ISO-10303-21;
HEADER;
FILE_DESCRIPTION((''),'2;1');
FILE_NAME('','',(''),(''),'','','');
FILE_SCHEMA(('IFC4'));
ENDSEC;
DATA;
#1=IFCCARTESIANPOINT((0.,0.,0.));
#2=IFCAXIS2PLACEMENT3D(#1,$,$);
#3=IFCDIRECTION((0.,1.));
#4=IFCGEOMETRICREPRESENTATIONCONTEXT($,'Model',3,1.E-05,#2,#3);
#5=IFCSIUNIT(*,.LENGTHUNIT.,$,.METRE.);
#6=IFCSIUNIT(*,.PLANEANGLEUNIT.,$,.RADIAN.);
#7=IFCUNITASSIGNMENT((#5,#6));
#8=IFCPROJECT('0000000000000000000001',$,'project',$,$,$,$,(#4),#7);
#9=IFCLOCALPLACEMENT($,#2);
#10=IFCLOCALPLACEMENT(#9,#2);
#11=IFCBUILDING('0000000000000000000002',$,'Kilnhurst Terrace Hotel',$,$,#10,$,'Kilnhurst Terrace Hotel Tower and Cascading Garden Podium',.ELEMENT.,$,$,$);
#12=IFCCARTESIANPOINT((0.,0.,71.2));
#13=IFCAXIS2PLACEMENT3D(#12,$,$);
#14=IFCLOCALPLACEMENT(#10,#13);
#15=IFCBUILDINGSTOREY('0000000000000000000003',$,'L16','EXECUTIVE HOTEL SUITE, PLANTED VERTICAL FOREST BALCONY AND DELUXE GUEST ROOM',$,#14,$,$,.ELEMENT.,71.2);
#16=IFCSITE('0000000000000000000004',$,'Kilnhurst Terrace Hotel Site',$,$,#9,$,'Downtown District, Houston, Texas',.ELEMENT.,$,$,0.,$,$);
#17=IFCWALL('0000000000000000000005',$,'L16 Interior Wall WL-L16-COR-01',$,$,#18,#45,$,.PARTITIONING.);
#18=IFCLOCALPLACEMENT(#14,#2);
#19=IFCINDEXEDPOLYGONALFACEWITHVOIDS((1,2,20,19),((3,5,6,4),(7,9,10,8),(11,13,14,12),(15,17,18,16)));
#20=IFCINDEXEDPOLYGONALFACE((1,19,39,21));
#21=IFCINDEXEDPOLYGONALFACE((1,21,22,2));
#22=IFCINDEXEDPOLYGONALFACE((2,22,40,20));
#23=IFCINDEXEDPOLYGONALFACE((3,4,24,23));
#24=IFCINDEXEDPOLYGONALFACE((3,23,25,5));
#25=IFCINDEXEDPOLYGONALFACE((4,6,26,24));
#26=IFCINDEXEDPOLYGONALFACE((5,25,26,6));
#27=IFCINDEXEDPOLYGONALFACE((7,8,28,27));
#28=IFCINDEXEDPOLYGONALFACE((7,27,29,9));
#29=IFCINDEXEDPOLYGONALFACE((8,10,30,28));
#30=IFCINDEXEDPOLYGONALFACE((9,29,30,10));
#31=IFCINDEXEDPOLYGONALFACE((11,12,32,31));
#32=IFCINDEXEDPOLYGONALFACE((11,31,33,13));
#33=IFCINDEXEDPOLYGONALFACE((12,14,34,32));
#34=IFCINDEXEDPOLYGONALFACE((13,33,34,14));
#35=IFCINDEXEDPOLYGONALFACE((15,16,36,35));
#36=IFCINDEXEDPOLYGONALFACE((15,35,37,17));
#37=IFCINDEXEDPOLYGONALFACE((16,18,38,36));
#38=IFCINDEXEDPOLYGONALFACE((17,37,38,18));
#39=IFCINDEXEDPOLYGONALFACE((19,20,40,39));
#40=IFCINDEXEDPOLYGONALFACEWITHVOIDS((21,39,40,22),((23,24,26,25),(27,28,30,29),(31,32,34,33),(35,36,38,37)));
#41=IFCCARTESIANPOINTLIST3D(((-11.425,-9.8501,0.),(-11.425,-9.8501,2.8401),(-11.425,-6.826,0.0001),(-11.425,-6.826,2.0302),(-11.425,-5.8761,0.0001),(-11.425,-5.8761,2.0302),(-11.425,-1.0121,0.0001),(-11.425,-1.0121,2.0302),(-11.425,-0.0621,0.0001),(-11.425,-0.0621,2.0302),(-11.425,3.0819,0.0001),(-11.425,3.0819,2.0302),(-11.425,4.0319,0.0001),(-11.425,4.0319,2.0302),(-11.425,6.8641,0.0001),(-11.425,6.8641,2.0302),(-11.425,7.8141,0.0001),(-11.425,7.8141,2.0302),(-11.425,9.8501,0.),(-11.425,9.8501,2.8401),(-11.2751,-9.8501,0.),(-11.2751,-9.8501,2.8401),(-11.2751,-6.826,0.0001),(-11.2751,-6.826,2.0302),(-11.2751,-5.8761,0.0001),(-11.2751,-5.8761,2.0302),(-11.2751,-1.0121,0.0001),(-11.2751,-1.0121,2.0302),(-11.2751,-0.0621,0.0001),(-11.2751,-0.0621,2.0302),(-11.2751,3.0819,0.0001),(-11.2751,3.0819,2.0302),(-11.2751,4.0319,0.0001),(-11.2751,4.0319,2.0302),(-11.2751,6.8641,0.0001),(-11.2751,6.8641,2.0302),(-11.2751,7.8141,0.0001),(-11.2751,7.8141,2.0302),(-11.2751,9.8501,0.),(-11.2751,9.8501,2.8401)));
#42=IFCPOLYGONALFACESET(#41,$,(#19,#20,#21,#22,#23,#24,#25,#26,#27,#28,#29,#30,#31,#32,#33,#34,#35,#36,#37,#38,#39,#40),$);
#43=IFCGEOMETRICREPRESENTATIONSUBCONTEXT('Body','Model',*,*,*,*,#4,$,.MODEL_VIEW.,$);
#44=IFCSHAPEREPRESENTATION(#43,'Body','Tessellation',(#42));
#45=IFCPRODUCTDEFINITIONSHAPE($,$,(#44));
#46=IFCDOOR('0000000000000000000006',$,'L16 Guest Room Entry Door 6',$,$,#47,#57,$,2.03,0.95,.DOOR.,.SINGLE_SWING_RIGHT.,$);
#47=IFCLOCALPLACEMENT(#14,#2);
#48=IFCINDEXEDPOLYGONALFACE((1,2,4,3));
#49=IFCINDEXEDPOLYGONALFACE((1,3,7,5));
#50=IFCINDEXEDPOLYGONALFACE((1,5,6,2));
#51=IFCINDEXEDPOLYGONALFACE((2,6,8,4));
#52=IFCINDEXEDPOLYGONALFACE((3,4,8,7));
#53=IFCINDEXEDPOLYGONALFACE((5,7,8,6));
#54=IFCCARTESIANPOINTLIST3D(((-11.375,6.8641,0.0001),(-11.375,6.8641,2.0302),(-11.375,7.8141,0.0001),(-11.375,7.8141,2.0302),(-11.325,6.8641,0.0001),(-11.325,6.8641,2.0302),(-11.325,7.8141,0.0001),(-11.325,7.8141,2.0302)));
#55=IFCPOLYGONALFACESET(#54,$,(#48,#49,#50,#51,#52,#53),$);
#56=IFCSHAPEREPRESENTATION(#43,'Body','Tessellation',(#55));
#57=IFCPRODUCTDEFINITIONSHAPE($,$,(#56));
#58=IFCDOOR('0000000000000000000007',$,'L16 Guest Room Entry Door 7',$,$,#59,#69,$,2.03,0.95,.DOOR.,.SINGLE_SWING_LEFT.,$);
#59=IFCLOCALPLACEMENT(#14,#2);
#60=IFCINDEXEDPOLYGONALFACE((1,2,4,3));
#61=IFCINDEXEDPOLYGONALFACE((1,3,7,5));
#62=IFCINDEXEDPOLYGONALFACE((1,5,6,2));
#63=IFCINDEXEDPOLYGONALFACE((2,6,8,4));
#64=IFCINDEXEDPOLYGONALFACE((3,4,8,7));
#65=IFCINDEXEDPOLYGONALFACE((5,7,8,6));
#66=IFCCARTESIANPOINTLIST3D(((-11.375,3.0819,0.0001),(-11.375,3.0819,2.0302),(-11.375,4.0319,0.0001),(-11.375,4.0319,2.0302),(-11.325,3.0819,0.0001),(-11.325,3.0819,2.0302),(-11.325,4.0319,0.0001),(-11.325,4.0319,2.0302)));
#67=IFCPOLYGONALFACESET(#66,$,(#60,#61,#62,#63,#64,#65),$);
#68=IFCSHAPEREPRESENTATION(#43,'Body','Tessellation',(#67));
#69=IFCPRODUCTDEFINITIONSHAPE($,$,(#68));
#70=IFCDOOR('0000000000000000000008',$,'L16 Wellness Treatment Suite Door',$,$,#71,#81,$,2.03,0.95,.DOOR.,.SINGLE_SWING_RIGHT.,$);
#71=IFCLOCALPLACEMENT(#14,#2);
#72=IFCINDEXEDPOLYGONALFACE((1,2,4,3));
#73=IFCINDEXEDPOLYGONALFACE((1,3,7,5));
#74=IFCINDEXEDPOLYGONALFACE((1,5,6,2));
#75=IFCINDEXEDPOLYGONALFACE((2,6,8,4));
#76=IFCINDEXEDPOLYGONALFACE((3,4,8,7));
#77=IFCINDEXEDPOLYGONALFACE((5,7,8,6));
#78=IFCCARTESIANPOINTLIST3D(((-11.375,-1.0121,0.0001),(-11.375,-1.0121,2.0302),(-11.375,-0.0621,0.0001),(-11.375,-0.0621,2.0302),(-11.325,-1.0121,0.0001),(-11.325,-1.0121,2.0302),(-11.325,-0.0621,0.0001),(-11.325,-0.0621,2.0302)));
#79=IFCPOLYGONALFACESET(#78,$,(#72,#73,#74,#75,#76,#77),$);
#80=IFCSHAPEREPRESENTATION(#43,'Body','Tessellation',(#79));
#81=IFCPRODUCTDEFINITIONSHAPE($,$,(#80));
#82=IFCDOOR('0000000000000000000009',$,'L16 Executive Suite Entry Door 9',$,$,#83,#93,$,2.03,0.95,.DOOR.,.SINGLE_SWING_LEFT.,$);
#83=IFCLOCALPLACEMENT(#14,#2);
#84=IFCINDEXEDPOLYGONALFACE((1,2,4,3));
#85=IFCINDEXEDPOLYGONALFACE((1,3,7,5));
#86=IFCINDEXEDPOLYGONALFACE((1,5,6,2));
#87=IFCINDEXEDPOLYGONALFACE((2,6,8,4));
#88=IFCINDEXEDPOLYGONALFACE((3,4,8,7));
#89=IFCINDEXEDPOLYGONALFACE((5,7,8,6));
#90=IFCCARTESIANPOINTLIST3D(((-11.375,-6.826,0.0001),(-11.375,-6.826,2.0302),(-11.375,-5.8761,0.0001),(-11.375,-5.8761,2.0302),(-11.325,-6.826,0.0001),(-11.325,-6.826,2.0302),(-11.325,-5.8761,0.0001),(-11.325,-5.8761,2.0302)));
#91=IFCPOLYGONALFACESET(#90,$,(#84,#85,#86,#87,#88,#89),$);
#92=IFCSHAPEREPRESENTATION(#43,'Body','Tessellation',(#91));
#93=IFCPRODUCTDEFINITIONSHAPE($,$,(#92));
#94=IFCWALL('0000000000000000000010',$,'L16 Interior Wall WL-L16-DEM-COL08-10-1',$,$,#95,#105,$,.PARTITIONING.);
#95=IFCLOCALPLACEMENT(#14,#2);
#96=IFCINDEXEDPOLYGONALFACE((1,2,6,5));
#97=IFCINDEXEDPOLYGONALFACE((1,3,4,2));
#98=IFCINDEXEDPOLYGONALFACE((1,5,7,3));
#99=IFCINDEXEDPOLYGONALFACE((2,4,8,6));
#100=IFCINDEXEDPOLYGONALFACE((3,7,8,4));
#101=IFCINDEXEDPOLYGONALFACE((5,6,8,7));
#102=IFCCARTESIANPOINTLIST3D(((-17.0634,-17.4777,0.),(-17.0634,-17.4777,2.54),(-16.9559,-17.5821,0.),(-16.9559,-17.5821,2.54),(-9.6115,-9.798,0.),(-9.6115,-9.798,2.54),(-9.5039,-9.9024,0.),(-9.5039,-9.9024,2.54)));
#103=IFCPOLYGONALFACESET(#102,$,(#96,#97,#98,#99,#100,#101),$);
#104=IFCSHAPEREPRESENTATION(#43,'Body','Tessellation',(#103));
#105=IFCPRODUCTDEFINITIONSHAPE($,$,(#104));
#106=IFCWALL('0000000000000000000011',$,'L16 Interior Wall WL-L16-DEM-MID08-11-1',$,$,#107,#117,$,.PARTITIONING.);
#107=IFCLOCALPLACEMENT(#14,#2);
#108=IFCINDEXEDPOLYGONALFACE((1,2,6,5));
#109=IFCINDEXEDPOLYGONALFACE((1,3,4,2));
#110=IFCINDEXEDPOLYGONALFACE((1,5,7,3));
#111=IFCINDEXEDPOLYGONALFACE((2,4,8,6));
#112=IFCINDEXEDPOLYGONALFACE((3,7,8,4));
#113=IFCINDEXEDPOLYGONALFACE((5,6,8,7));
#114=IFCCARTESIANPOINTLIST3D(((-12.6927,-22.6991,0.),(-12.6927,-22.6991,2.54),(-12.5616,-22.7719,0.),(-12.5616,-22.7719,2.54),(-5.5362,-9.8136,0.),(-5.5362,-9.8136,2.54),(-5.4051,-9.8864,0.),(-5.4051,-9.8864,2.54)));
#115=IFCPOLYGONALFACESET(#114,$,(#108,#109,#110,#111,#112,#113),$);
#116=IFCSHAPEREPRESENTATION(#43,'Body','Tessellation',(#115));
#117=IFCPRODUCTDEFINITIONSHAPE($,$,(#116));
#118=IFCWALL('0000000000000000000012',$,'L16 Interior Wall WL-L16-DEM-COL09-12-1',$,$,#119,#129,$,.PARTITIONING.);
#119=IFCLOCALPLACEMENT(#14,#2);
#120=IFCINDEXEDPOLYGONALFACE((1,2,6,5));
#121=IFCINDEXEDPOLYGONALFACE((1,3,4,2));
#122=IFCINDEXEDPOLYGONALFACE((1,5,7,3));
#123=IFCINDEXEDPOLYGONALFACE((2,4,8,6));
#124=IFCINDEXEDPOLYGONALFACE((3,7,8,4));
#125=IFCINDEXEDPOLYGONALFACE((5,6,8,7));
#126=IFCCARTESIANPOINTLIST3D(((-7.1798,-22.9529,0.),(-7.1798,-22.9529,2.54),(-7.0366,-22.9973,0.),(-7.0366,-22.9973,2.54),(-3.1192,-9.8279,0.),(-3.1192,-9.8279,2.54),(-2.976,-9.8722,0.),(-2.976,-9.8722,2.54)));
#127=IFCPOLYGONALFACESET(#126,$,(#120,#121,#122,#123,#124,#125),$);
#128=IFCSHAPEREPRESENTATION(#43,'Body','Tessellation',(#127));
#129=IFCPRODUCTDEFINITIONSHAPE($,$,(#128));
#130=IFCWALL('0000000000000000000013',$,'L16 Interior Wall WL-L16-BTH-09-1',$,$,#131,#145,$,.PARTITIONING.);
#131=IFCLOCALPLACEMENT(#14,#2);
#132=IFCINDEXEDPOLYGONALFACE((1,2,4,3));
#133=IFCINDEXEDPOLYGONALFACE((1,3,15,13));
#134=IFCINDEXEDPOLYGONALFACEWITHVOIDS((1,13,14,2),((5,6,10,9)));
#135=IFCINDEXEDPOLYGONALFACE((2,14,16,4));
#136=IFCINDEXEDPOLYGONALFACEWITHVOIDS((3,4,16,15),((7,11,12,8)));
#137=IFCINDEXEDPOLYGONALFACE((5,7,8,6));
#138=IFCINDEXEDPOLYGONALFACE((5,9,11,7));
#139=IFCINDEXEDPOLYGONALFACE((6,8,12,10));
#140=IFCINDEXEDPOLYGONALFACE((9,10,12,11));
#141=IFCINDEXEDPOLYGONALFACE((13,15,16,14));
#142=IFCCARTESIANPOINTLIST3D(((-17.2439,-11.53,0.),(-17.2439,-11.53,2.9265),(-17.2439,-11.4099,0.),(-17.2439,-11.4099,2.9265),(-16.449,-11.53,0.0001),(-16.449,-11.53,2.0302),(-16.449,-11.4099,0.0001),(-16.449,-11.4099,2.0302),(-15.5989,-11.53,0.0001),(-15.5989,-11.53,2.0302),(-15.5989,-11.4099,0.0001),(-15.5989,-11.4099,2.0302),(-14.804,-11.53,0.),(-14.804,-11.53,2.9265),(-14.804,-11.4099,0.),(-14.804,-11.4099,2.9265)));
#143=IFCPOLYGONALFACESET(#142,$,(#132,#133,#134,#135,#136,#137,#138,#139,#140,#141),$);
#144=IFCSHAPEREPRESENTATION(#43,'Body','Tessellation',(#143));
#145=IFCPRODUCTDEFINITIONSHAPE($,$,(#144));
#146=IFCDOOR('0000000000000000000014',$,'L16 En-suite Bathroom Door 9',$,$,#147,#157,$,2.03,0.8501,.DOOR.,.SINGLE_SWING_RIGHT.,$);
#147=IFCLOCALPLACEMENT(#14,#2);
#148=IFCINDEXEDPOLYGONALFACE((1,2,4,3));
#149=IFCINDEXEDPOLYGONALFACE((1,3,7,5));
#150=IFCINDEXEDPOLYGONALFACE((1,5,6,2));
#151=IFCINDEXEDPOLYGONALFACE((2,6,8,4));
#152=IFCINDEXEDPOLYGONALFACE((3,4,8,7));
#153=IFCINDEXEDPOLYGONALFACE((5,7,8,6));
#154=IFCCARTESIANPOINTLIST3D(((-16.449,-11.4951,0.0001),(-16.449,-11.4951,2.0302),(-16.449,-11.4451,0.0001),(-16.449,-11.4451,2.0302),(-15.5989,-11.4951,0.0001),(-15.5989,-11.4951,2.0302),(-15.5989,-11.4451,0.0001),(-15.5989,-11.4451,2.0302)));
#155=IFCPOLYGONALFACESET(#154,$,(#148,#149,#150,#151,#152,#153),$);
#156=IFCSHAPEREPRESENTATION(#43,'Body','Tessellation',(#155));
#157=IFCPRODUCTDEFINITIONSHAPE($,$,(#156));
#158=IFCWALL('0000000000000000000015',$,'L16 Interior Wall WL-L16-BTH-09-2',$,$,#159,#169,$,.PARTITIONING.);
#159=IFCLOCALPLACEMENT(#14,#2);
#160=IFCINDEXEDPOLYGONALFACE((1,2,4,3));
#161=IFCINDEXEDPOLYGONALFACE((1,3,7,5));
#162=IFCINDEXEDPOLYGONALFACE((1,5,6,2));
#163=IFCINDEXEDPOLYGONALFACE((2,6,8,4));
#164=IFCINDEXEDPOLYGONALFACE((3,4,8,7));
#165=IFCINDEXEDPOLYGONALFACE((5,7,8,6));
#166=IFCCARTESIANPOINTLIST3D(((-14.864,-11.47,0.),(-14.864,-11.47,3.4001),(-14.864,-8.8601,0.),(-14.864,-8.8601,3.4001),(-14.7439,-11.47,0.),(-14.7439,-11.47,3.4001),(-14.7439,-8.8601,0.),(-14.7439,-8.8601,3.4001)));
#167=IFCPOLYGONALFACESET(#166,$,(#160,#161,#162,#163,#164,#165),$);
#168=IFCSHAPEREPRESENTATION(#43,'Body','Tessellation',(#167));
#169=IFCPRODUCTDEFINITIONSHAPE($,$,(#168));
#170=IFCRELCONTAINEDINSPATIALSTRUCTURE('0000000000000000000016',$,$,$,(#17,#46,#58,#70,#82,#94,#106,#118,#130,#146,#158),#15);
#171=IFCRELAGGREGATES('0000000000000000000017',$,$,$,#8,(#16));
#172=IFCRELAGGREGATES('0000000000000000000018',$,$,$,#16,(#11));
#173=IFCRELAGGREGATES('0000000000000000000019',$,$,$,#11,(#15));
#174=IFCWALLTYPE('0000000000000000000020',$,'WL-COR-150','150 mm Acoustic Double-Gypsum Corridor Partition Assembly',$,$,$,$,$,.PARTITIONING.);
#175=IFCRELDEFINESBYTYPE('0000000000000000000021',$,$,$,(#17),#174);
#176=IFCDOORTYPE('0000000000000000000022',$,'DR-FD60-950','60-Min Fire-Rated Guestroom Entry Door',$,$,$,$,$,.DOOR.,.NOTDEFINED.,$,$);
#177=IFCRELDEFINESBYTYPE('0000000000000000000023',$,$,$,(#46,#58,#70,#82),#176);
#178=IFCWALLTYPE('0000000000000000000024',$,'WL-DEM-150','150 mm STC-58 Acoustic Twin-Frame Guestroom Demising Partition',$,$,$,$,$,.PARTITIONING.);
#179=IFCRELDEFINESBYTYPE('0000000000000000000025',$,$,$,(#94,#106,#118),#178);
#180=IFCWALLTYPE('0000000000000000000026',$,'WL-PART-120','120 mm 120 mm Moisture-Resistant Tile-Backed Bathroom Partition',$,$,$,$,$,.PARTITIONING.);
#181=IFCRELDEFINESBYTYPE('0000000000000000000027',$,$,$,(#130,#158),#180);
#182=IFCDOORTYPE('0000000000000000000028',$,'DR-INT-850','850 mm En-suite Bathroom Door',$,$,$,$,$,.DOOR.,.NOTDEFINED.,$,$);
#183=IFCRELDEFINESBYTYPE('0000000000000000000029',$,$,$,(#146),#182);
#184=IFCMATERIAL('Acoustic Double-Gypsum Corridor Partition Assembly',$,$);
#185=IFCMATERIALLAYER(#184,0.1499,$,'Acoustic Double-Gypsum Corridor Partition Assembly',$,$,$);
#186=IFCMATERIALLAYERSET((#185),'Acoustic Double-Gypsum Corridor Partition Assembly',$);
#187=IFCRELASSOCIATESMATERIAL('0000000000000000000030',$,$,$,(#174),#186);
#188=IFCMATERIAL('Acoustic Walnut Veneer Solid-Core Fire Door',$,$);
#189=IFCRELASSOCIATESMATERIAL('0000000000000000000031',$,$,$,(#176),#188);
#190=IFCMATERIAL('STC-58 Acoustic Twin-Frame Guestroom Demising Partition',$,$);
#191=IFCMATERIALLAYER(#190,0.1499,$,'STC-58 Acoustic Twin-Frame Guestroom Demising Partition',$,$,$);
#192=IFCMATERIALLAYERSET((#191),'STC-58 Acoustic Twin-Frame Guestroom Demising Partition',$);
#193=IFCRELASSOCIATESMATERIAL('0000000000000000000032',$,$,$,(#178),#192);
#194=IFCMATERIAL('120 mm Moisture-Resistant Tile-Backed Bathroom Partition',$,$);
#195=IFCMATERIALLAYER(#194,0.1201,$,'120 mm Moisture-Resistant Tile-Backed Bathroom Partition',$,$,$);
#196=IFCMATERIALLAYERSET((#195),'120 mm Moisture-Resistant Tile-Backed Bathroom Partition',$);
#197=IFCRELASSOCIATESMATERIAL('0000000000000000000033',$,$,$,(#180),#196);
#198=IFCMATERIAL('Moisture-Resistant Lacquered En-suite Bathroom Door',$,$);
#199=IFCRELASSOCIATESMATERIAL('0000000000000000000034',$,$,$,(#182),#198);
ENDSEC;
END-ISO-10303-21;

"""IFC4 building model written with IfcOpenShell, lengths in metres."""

from ifc_helpers import new_model, si_unit, direction, frame, frame_2d, origin, place, context, subcontext, project, spatial, rectangle, extrude, material, layer, layer_set, type_object, element, fill, save


model = new_model("IFC4")

# Units and contexts
model_context = context("Model", 3, precision=1e-05, world=origin(), true_north=direction((0.0, 1.0)))
body_context = subcontext(model_context, "Body", "Model", "MODEL_VIEW")
ifc_project = project(units=[si_unit("LENGTHUNIT", "METRE"), si_unit("PLANEANGLEUNIT", "RADIAN")], contexts=[model_context])

# Site, building, storey
site_placement = place(None, origin())
site = spatial("IfcSite", under=ifc_project, at=site_placement, Name="Kilnhurst Terrace Hotel Site", LongName="Downtown District, Houston, Texas", CompositionType="ELEMENT", RefElevation=0.0)
building_placement = place(site_placement, origin())
building = spatial("IfcBuilding", under=site, at=building_placement, Name="Kilnhurst Terrace Hotel", LongName="Kilnhurst Terrace Hotel Tower and Cascading Garden Podium", CompositionType="ELEMENT")
storey_placement = place(building_placement, frame((0.0, 0.0, 71.2)))
storey = spatial("IfcBuildingStorey", under=building, at=storey_placement, Name="L16", Description="EXECUTIVE HOTEL SUITE, PLANTED VERTICAL FOREST BALCONY AND DELUXE GUEST ROOM", CompositionType="ELEMENT", Elevation=71.2)

# Wall, openings, doors
ifc_material_1 = material(Name="Acoustic Double-Gypsum Corridor Partition Assembly")
ifc_layer_1 = layer(ifc_material_1, 0.1499, Name="Acoustic Double-Gypsum Corridor Partition Assembly")
ifc_layer_set_1 = layer_set([ifc_layer_1], Name="Acoustic Double-Gypsum Corridor Partition Assembly")
wall_type_1 = type_object("IfcWallType", Name="WL-COR-150", Description="150 mm Acoustic Double-Gypsum Corridor Partition Assembly", PredefinedType="PARTITIONING", material=ifc_layer_set_1)
wall_1_placement = place(storey_placement, frame((-11.3501, -9.8501, 0.0), z_axis=(0.0, 0.0, 1.0), x_axis=(0.0, 1.0, 0.0)))
wall_1 = element("IfcWall", 1, at=wall_1_placement, inside=storey, type_object=wall_type_1, Name="L16 Interior Wall WL-L16-COR-01", PredefinedType="PARTITIONING", context=body_context, shape_type="SweptSolid", body=[
    extrude(rectangle(XDim=19.7002, YDim=0.1499, at=frame_2d((9.8501, 0.0))), origin(), (0.0, 0.0, 1.0), 2.8401),
])
opening_1_placement = place(wall_1_placement, frame((16.7141, 0.0, 0.0)))
opening_1 = element("IfcOpeningElement", 2, at=opening_1_placement, cuts=wall_1, PredefinedType="OPENING", context=body_context, shape_type="SweptSolid", body=[
    extrude(rectangle(XDim=0.95, YDim=2.03, at=frame_2d((0.4751, 1.0151))), frame((0.0, 0.085, 0.0), z_axis=(0.0, -1.0, 0.0), x_axis=(1.0, 0.0, 0.0)), (0.0, 0.0, 1.0), 0.1699),
])
opening_2_placement = place(wall_1_placement, frame((12.9319, 0.0, 0.0)))
opening_2 = element("IfcOpeningElement", 3, at=opening_2_placement, cuts=wall_1, PredefinedType="OPENING", context=body_context, shape_type="SweptSolid", body=[
    extrude(rectangle(XDim=0.95, YDim=2.03, at=frame_2d((0.4751, 1.0151))), frame((0.0, 0.085, 0.0), z_axis=(0.0, -1.0, 0.0), x_axis=(1.0, 0.0, 0.0)), (0.0, 0.0, 1.0), 0.1699),
])
opening_3_placement = place(wall_1_placement, frame((8.8379, 0.0, 0.0)))
opening_3 = element("IfcOpeningElement", 4, at=opening_3_placement, cuts=wall_1, PredefinedType="OPENING", context=body_context, shape_type="SweptSolid", body=[
    extrude(rectangle(XDim=0.95, YDim=2.03, at=frame_2d((0.4751, 1.0151))), frame((0.0, 0.085, 0.0), z_axis=(0.0, -1.0, 0.0), x_axis=(1.0, 0.0, 0.0)), (0.0, 0.0, 1.0), 0.1699),
])
opening_4_placement = place(wall_1_placement, frame((3.0239, 0.0, 0.0)))
opening_4 = element("IfcOpeningElement", 5, at=opening_4_placement, cuts=wall_1, PredefinedType="OPENING", context=body_context, shape_type="SweptSolid", body=[
    extrude(rectangle(XDim=0.95, YDim=2.03, at=frame_2d((0.4751, 1.0151))), frame((0.0, 0.085, 0.0), z_axis=(0.0, -1.0, 0.0), x_axis=(1.0, 0.0, 0.0)), (0.0, 0.0, 1.0), 0.1699),
])
ifc_material_2 = material(Name="Acoustic Walnut Veneer Solid-Core Fire Door")
door_type_1 = type_object("IfcDoorType", Name="DR-FD60-950", Description="60-Min Fire-Rated Guestroom Entry Door", OperationType="NOTDEFINED", PredefinedType="DOOR", material=ifc_material_2)
door_1_placement = place(opening_1_placement, origin())
door_1 = element("IfcDoor", 6, at=door_1_placement, inside=storey, type_object=door_type_1, Name="L16 Guest Room Entry Door 6", OperationType="SINGLE_SWING_RIGHT", OverallHeight=2.03, OverallWidth=0.95, PredefinedType="DOOR", context=body_context, shape_type="SweptSolid", body=[
    extrude(rectangle(XDim=0.95, YDim=2.03, at=frame_2d((0.4751, 1.0151))), frame((0.0, 0.0249, 0.0), z_axis=(0.0, -1.0, 0.0), x_axis=(1.0, 0.0, 0.0)), (0.0, 0.0, 1.0), 0.05),
])
fill(opening_1, door_1)
door_2_placement = place(opening_2_placement, origin())
door_2 = element("IfcDoor", 7, at=door_2_placement, inside=storey, type_object=door_type_1, Name="L16 Guest Room Entry Door 7", OperationType="SINGLE_SWING_LEFT", OverallHeight=2.03, OverallWidth=0.95, PredefinedType="DOOR", context=body_context, shape_type="SweptSolid", body=[
    extrude(rectangle(XDim=0.95, YDim=2.03, at=frame_2d((0.4751, 1.0151))), frame((0.0, 0.0249, 0.0), z_axis=(0.0, -1.0, 0.0), x_axis=(1.0, 0.0, 0.0)), (0.0, 0.0, 1.0), 0.05),
])
fill(opening_2, door_2)
door_3_placement = place(opening_3_placement, origin())
door_3 = element("IfcDoor", 8, at=door_3_placement, inside=storey, type_object=door_type_1, Name="L16 Wellness Treatment Suite Door", OperationType="SINGLE_SWING_RIGHT", OverallHeight=2.03, OverallWidth=0.95, PredefinedType="DOOR", context=body_context, shape_type="SweptSolid", body=[
    extrude(rectangle(XDim=0.95, YDim=2.03, at=frame_2d((0.4751, 1.0151))), frame((0.0, 0.0249, 0.0), z_axis=(0.0, -1.0, 0.0), x_axis=(1.0, 0.0, 0.0)), (0.0, 0.0, 1.0), 0.05),
])
fill(opening_3, door_3)
door_4_placement = place(opening_4_placement, origin())
door_4 = element("IfcDoor", 9, at=door_4_placement, inside=storey, type_object=door_type_1, Name="L16 Executive Suite Entry Door 9", OperationType="SINGLE_SWING_LEFT", OverallHeight=2.03, OverallWidth=0.95, PredefinedType="DOOR", context=body_context, shape_type="SweptSolid", body=[
    extrude(rectangle(XDim=0.95, YDim=2.03, at=frame_2d((0.4751, 1.0151))), frame((0.0, 0.0249, 0.0), z_axis=(0.0, -1.0, 0.0), x_axis=(1.0, 0.0, 0.0)), (0.0, 0.0, 1.0), 0.05),
])
fill(opening_4, door_4)

# Walls
ifc_material_3 = material(Name="STC-58 Acoustic Twin-Frame Guestroom Demising Partition")
ifc_layer_2 = layer(ifc_material_3, 0.1499, Name="STC-58 Acoustic Twin-Frame Guestroom Demising Partition")
ifc_layer_set_2 = layer_set([ifc_layer_2], Name="STC-58 Acoustic Twin-Frame Guestroom Demising Partition")
wall_type_2 = type_object("IfcWallType", Name="WL-DEM-150", Description="150 mm STC-58 Acoustic Twin-Frame Guestroom Demising Partition", PredefinedType="PARTITIONING", material=ifc_layer_set_2)
wall_2_placement = place(storey_placement, frame((-9.5576, -9.8501, 0.0), z_axis=(0.0, 0.0, 1.0), x_axis=(-0.696383, -0.71767, 0.0)))
element("IfcWall", 10, at=wall_2_placement, inside=storey, type_object=wall_type_2, Name="L16 Interior Wall WL-L16-DEM-COL08-10-1", PredefinedType="PARTITIONING", context=body_context, shape_type="SweptSolid", body=[
    extrude(rectangle(XDim=10.7009, YDim=0.1499, at=frame_2d((5.3506, 0.0))), origin(), (0.0, 0.0, 1.0), 2.54),
])
wall_3_placement = place(storey_placement, frame((-5.4707, -9.8501, 0.0), z_axis=(0.0, 0.0, 1.0), x_axis=(-0.485533, -0.874218, 0.0)))
element("IfcWall", 11, at=wall_3_placement, inside=storey, type_object=wall_type_2, Name="L16 Interior Wall WL-L16-DEM-MID08-11-1", PredefinedType="PARTITIONING", context=body_context, shape_type="SweptSolid", body=[
    extrude(rectangle(XDim=14.7395, YDim=0.1499, at=frame_2d((7.3696, 0.0))), origin(), (0.0, 0.0, 1.0), 2.54),
])
wall_4_placement = place(storey_placement, frame((-3.0476, -9.8501, 0.0), z_axis=(0.0, 0.0, 1.0), x_axis=(-0.295554, -0.955326, 0.0)))
element("IfcWall", 12, at=wall_4_placement, inside=storey, type_object=wall_type_2, Name="L16 Interior Wall WL-L16-DEM-COL09-12-1", PredefinedType="PARTITIONING", context=body_context, shape_type="SweptSolid", body=[
    extrude(rectangle(XDim=13.7388, YDim=0.1499, at=frame_2d((6.8694, 0.0))), origin(), (0.0, 0.0, 1.0), 2.54),
])

# Wall, opening, door
ifc_material_4 = material(Name="120 mm Moisture-Resistant Tile-Backed Bathroom Partition")
ifc_layer_3 = layer(ifc_material_4, 0.1201, Name="120 mm Moisture-Resistant Tile-Backed Bathroom Partition")
ifc_layer_set_3 = layer_set([ifc_layer_3], Name="120 mm Moisture-Resistant Tile-Backed Bathroom Partition")
wall_type_3 = type_object("IfcWallType", Name="WL-PART-120", Description="120 mm 120 mm Moisture-Resistant Tile-Backed Bathroom Partition", PredefinedType="PARTITIONING", material=ifc_layer_set_3)
wall_5_placement = place(storey_placement, frame((-17.2439, -11.47, 0.0), z_axis=(0.0, 0.0, 1.0), x_axis=(1.0, 0.0, 0.0)))
wall_5 = element("IfcWall", 13, at=wall_5_placement, inside=storey, type_object=wall_type_3, Name="L16 Interior Wall WL-L16-BTH-09-1", PredefinedType="PARTITIONING", context=body_context, shape_type="SweptSolid", body=[
    extrude(rectangle(XDim=2.4399, YDim=0.1201, at=frame_2d((1.22, 0.0))), origin(), (0.0, 0.0, 1.0), 2.9265),
])
opening_5_placement = place(wall_5_placement, frame((0.7949, 0.0, 0.0)))
opening_5 = element("IfcOpeningElement", 14, at=opening_5_placement, cuts=wall_5, PredefinedType="OPENING", context=body_context, shape_type="SweptSolid", body=[
    extrude(rectangle(XDim=0.8501, YDim=2.03, at=frame_2d((0.425, 1.0151))), frame((0.0, 0.0701, 0.0), z_axis=(0.0, -1.0, 0.0), x_axis=(1.0, 0.0, 0.0)), (0.0, 0.0, 1.0), 0.1401),
])
ifc_material_5 = material(Name="Moisture-Resistant Lacquered En-suite Bathroom Door")
door_type_2 = type_object("IfcDoorType", Name="DR-INT-850", Description="850 mm En-suite Bathroom Door", OperationType="NOTDEFINED", PredefinedType="DOOR", material=ifc_material_5)
door_5_placement = place(opening_5_placement, origin())
door_5 = element("IfcDoor", 15, at=door_5_placement, inside=storey, type_object=door_type_2, Name="L16 En-suite Bathroom Door 9", OperationType="SINGLE_SWING_RIGHT", OverallHeight=2.03, OverallWidth=0.8501, PredefinedType="DOOR", context=body_context, shape_type="SweptSolid", body=[
    extrude(rectangle(XDim=0.8501, YDim=2.03, at=frame_2d((0.425, 1.0151))), frame((0.0, 0.0249, 0.0), z_axis=(0.0, -1.0, 0.0), x_axis=(1.0, 0.0, 0.0)), (0.0, 0.0, 1.0), 0.05),
])
fill(opening_5, door_5)

# Wall
wall_6_placement = place(storey_placement, frame((-14.804, -11.47, 0.0), z_axis=(0.0, 0.0, 1.0), x_axis=(0.0, 1.0, 0.0)))
element("IfcWall", 16, at=wall_6_placement, inside=storey, type_object=wall_type_3, Name="L16 Interior Wall WL-L16-BTH-09-2", PredefinedType="PARTITIONING", context=body_context, shape_type="SweptSolid", body=[
    extrude(rectangle(XDim=2.6099, YDim=0.1201, at=frame_2d((1.3049, 0.0))), origin(), (0.0, 0.0, 1.0), 3.4001),
])

save(model, "model.ifc")
